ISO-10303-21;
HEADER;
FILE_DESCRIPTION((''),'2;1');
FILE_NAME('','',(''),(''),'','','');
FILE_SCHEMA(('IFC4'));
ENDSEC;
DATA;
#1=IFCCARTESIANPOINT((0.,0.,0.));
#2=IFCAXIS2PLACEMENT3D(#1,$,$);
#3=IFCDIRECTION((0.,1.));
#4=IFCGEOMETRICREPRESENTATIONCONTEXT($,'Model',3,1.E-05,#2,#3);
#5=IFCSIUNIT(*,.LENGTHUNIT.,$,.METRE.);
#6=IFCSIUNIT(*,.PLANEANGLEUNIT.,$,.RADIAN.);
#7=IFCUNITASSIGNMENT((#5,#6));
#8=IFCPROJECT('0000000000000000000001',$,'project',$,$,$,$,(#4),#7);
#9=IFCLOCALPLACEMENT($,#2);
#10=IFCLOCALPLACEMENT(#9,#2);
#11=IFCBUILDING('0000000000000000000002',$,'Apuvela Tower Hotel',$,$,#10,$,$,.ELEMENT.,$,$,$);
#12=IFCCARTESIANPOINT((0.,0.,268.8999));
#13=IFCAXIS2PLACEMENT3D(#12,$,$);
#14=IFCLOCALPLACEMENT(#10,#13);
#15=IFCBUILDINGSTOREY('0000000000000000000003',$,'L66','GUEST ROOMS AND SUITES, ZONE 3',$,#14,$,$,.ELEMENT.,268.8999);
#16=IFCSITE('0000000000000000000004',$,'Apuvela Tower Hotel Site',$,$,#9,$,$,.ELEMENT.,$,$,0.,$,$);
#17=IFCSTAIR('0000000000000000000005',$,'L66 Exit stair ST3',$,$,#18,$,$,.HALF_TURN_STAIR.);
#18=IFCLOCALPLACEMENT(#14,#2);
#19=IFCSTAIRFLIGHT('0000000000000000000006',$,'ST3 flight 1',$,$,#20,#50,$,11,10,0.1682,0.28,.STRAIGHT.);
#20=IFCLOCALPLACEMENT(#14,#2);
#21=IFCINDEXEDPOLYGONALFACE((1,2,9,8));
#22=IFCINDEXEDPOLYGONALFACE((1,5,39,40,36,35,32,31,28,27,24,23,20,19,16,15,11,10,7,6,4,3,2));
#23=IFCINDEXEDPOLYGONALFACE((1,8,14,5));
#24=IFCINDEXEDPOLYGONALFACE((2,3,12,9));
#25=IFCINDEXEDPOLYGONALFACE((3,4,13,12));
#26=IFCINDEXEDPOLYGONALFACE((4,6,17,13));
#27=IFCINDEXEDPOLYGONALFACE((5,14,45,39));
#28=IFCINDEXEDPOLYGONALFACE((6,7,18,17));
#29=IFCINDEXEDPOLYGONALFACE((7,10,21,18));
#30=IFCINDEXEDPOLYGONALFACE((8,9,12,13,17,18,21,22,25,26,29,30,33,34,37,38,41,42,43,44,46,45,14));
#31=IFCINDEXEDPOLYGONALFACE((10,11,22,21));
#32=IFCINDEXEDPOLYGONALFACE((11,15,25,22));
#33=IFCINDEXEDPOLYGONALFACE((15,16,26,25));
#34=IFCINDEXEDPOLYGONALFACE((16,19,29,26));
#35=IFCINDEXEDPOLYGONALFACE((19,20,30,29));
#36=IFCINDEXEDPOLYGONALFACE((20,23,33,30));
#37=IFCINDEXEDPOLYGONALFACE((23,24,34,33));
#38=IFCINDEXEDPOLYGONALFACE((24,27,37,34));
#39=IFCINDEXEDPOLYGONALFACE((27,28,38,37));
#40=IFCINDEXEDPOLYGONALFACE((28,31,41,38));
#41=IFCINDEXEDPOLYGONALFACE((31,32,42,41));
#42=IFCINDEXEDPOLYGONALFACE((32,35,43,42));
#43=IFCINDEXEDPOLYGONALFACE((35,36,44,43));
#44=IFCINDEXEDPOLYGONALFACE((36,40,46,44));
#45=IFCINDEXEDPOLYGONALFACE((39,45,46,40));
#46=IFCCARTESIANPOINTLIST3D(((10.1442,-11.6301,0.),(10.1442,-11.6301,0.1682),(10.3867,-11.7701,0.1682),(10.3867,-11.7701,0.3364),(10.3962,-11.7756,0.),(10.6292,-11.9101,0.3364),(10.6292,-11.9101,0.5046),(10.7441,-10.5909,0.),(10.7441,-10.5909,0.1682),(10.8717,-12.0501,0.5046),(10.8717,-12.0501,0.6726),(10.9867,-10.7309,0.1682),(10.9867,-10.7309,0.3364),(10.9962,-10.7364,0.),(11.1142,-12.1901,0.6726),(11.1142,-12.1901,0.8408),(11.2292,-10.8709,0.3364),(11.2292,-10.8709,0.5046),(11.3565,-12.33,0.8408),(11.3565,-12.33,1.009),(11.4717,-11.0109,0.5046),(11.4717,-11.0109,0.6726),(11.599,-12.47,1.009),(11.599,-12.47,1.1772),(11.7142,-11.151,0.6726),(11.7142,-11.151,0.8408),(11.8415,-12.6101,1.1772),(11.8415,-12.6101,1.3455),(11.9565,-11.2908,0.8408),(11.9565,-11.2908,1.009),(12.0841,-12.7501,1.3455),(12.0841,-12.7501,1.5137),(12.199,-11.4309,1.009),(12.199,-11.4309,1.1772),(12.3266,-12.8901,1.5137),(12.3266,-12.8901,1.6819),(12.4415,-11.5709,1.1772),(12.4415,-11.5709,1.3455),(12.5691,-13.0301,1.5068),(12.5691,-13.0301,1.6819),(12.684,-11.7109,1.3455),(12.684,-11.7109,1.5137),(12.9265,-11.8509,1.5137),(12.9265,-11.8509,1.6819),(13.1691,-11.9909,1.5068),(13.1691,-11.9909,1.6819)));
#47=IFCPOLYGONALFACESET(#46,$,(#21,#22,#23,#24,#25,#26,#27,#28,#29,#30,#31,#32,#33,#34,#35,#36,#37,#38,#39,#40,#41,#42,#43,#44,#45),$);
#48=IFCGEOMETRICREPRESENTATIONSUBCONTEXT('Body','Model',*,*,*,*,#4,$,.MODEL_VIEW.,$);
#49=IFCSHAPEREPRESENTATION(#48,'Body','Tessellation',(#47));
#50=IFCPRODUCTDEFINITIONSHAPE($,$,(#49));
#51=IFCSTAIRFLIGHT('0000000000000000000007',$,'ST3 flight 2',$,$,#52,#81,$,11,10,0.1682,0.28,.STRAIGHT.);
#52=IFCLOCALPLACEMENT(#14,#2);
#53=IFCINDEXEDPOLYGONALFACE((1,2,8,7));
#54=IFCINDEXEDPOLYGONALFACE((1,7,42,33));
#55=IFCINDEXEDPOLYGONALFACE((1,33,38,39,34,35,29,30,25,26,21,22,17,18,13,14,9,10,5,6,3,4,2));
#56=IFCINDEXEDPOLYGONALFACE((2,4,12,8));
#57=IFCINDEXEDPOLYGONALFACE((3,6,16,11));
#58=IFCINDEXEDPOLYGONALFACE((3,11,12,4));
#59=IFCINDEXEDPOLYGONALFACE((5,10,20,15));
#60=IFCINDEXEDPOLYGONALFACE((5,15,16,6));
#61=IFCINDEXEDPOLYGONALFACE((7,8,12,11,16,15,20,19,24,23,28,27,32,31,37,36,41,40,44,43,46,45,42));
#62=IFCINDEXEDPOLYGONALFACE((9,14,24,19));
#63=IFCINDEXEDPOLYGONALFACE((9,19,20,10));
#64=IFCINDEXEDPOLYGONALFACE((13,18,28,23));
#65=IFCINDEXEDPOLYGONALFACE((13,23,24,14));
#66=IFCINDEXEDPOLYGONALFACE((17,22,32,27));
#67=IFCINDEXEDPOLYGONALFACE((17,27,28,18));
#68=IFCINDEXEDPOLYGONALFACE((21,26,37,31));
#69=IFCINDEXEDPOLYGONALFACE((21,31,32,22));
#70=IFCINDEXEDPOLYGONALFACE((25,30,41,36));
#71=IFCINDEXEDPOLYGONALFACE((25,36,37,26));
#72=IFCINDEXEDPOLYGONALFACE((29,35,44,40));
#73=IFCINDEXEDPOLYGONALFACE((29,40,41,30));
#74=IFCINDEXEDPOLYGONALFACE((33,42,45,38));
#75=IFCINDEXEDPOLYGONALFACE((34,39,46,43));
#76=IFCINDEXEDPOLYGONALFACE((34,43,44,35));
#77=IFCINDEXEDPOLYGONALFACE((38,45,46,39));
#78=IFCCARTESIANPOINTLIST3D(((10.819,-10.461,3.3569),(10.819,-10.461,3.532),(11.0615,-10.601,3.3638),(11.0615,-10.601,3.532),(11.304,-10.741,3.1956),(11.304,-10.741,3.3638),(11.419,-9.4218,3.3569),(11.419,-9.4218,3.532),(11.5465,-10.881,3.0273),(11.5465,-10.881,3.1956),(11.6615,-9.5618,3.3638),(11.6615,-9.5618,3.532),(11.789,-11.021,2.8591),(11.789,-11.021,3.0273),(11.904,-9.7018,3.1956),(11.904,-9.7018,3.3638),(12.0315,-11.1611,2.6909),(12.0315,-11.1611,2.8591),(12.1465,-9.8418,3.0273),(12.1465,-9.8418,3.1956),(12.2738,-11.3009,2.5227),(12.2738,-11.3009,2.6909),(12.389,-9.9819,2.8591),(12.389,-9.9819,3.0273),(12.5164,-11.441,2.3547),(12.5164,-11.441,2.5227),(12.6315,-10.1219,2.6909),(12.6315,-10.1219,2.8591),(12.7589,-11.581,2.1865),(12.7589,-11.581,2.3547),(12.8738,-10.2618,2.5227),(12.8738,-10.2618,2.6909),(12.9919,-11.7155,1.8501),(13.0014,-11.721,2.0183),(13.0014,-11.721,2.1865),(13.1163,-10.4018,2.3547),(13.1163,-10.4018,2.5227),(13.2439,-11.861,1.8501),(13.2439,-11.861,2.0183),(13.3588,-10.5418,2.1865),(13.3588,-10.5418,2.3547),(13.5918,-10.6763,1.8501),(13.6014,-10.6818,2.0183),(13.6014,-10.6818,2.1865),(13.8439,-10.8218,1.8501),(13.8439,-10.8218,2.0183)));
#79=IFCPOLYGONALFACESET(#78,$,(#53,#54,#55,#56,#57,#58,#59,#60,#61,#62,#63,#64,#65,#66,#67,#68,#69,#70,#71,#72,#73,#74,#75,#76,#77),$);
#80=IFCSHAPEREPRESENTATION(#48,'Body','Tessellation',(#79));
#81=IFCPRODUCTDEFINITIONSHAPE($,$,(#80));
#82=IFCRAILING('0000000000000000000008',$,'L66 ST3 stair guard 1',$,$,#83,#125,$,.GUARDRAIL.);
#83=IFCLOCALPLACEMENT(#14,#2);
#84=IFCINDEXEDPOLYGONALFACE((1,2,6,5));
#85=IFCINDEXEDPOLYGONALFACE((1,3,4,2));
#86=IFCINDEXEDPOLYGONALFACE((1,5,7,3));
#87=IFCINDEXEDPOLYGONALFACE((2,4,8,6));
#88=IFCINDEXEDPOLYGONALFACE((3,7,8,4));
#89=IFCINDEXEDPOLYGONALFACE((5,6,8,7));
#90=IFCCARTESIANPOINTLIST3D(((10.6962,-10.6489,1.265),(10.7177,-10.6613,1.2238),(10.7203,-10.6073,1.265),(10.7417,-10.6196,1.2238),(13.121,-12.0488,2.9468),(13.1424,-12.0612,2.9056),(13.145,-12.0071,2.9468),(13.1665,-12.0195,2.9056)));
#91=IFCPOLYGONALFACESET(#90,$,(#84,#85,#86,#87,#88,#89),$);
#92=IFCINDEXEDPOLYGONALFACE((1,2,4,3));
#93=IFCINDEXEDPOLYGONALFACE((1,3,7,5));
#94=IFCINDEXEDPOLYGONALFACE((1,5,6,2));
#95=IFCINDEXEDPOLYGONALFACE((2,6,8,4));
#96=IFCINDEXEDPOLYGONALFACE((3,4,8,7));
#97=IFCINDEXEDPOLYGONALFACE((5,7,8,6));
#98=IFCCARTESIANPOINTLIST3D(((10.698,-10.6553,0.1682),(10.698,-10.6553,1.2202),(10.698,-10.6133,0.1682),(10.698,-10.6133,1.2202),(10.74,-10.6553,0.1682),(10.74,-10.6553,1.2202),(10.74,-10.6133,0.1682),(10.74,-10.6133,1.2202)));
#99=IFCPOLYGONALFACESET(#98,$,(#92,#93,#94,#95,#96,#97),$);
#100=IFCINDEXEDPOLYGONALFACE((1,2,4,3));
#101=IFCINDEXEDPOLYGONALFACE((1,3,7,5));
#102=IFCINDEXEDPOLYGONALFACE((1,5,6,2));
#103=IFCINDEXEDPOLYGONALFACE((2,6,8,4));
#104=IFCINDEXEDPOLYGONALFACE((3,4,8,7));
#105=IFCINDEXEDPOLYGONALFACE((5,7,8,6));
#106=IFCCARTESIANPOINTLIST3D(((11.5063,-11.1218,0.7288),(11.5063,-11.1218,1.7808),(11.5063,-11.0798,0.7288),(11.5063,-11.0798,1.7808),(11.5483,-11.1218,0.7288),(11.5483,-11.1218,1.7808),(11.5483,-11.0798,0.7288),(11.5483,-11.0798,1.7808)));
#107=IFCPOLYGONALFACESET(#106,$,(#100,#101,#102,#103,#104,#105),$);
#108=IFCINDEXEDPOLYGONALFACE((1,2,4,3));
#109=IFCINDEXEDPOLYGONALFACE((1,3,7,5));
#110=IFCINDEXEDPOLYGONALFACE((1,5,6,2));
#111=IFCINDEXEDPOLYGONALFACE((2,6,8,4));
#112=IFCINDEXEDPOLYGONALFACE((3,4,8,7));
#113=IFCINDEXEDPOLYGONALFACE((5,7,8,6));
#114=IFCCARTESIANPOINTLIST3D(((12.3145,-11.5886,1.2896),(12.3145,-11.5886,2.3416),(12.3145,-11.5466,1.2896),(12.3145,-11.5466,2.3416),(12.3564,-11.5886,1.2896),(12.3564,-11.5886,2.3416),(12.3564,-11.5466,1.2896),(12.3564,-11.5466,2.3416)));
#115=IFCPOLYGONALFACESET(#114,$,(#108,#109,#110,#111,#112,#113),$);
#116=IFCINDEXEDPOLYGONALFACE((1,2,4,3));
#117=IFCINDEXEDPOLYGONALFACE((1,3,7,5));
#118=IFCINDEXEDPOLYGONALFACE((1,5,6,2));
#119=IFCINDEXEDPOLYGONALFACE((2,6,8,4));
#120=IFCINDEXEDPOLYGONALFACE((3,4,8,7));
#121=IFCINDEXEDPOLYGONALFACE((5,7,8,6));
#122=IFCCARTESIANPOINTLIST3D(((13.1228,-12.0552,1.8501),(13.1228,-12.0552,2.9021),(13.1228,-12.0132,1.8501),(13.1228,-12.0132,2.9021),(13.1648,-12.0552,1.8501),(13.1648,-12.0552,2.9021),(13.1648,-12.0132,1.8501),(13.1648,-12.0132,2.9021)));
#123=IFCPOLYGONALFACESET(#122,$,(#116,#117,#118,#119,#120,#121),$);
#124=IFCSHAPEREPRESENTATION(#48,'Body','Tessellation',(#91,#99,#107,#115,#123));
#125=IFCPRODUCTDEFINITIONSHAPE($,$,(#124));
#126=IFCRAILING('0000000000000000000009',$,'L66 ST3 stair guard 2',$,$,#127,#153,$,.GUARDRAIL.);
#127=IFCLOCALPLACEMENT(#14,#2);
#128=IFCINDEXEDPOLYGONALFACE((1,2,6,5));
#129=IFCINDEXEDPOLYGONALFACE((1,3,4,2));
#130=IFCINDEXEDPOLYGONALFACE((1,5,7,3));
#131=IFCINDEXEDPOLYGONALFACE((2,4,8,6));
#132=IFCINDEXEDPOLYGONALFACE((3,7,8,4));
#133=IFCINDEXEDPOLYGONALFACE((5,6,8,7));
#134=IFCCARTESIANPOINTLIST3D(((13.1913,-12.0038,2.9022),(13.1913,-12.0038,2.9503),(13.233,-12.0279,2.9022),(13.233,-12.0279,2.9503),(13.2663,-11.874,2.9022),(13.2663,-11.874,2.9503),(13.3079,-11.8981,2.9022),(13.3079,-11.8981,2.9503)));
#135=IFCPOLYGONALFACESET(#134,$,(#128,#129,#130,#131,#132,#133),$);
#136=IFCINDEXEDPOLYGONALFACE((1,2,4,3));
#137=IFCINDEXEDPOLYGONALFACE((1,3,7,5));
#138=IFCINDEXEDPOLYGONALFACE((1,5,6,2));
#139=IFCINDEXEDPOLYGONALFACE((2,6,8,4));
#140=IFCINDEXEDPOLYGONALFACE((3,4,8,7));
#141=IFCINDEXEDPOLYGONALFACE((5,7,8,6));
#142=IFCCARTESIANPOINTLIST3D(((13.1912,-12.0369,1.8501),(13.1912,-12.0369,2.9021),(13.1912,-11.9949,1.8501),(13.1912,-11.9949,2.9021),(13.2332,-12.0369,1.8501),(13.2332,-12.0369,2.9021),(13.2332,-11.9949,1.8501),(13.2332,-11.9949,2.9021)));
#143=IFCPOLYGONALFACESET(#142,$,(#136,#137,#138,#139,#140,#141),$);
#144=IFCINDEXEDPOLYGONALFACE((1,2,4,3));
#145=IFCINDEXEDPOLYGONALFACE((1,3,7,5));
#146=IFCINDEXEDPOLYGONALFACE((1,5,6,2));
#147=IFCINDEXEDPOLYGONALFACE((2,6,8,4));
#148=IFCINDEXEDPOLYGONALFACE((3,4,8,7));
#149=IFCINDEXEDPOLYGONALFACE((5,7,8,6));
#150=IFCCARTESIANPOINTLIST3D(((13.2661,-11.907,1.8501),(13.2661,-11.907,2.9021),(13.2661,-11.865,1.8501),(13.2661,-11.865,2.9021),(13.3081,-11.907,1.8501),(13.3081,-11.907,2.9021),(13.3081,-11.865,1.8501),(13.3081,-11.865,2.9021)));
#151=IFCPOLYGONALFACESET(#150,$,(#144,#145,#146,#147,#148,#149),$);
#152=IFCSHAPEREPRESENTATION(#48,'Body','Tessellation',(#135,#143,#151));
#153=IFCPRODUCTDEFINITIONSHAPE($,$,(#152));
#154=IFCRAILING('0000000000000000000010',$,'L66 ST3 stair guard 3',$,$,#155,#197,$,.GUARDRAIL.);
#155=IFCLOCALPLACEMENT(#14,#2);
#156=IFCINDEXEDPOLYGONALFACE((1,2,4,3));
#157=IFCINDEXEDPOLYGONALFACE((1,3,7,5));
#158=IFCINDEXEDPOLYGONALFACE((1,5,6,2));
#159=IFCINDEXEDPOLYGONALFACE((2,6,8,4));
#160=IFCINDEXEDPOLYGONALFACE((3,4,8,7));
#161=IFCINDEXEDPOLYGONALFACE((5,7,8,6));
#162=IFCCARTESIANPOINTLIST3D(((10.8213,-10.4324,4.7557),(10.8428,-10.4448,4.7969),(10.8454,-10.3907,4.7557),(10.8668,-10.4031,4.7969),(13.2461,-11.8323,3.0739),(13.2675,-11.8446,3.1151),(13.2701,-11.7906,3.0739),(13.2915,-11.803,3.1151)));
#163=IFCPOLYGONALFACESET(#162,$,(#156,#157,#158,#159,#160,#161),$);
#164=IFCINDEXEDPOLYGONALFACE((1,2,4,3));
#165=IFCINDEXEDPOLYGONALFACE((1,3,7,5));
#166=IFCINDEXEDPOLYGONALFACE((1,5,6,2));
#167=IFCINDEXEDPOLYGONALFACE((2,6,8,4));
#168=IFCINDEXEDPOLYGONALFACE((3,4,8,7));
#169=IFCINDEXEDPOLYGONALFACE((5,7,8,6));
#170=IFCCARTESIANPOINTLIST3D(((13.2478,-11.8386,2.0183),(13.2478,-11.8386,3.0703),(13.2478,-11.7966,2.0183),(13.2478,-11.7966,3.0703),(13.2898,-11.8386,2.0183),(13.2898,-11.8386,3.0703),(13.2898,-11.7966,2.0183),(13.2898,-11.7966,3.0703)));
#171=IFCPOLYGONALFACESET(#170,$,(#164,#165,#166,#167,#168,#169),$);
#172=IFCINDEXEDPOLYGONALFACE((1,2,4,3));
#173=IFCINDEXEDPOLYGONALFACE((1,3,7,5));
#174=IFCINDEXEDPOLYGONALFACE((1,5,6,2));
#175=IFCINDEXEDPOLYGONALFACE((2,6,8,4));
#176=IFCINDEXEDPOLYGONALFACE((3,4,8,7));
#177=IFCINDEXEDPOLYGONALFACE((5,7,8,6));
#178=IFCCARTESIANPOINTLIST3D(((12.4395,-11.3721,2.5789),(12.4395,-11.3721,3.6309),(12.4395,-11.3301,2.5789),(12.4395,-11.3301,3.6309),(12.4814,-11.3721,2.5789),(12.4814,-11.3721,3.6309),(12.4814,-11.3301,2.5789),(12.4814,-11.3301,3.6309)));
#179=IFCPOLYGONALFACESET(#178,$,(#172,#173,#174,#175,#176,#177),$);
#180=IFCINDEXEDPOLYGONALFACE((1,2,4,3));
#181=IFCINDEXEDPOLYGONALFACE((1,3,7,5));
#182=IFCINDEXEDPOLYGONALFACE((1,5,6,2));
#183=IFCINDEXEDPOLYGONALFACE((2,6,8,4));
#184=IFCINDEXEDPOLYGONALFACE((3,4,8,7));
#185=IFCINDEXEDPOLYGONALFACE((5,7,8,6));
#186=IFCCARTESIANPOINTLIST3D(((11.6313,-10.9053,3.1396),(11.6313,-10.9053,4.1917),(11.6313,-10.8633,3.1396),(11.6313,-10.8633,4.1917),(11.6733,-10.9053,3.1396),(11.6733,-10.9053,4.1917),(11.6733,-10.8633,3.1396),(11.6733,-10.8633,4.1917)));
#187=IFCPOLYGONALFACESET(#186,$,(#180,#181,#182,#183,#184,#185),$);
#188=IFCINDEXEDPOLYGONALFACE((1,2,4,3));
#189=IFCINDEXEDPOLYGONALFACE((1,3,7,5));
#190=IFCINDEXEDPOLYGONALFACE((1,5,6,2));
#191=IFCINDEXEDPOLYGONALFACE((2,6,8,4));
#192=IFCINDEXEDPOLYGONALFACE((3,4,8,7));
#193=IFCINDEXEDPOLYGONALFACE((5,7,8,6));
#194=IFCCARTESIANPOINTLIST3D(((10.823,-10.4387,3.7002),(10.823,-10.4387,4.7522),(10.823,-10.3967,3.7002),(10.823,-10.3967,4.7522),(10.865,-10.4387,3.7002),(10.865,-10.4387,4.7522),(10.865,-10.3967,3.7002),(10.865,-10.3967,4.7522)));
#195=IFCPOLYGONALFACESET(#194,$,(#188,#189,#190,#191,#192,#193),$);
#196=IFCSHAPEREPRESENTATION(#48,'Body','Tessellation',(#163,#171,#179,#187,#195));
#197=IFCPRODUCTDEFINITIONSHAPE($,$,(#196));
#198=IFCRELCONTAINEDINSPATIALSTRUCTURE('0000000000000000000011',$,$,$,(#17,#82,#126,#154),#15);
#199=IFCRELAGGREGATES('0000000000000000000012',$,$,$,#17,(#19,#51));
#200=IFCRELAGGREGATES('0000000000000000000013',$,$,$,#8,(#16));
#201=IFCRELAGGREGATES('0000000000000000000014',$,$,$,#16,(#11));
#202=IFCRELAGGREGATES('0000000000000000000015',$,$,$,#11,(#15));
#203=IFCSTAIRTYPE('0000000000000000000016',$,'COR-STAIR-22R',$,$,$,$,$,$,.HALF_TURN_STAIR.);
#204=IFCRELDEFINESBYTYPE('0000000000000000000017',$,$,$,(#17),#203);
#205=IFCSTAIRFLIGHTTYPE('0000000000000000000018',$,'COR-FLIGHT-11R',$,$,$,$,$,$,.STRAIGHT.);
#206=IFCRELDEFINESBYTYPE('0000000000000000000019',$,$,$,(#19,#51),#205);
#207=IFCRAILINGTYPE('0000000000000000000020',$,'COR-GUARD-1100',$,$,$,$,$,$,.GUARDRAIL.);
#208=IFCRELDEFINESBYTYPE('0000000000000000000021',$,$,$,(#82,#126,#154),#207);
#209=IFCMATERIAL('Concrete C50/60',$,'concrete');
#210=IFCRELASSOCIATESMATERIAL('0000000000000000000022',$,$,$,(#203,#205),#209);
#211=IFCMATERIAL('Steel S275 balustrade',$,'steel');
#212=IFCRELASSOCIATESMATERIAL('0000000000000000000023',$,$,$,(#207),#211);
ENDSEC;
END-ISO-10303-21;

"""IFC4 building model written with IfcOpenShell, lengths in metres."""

from ifc_helpers import new_model, si_unit, direction, frame, origin, origin_2d, place, context, subcontext, project, spatial, polyline, rectangle, outline, extrude, material, type_object, element, aggregate, save


model = new_model("IFC4")

# Units and contexts
model_context = context("Model", 3, precision=1e-05, world=origin(), true_north=direction((0.0, 1.0)))
body_context = subcontext(model_context, "Body", "Model", "MODEL_VIEW")
ifc_project = project(units=[si_unit("LENGTHUNIT", "METRE"), si_unit("PLANEANGLEUNIT", "RADIAN")], contexts=[model_context])

# Site, building, storey
site_placement = place(None, origin())
site = spatial("IfcSite", under=ifc_project, at=site_placement, Name="Apuvela Tower Hotel Site", CompositionType="ELEMENT", RefElevation=0.0)
building_placement = place(site_placement, origin())
building = spatial("IfcBuilding", under=site, at=building_placement, Name="Apuvela Tower Hotel", CompositionType="ELEMENT")
storey_placement = place(building_placement, frame((0.0, 0.0, 268.8999)))
storey = spatial("IfcBuildingStorey", under=building, at=storey_placement, Name="L66", Description="GUEST ROOMS AND SUITES, ZONE 3", CompositionType="ELEMENT", Elevation=268.8999)

# Shared definitions
ifc_material_1 = material(Name="Concrete C50/60", Category="concrete")

# Stair, stair flights
stair_type = type_object("IfcStairType", Name="COR-STAIR-22R", PredefinedType="HALF_TURN_STAIR", material=ifc_material_1)
stair_placement = place(storey_placement, origin())
stair = element("IfcStair", 1, at=stair_placement, inside=storey, type_object=stair_type, Name="L66 Exit stair ST3", PredefinedType="HALF_TURN_STAIR")
stair_flight_type = type_object("IfcStairFlightType", Name="COR-FLIGHT-11R", PredefinedType="STRAIGHT", material=ifc_material_1)
stair_flight_1_placement = place(storey_placement, frame((10.4441, -11.1106, 0.0), z_axis=(0.0, 0.0, 1.0), x_axis=(0.866025, -0.5, 0.0)))
stair_flight_1 = element("IfcStairFlight", 2, at=stair_flight_1_placement, type_object=stair_flight_type, Name="ST3 flight 1", NumberOfRisers=11, NumberOfTreads=10, PredefinedType="STRAIGHT", RiserHeight=0.1682, TreadLength=0.28, context=body_context, shape_type="SweptSolid", body=[
    extrude(outline(polyline([(0.0, 0.0), (0.0, 0.1682), (0.28, 0.1682), (0.28, 0.3364), (0.5601, 0.3364), (0.5601, 0.5046), (0.8401, 0.5046), (0.8401, 0.6726), (1.1201, 0.6726), (1.1201, 0.8408), (1.3999, 0.8408), (1.3999, 1.009), (1.6799, 1.009), (1.6799, 1.1772), (1.96, 1.1772), (1.96, 1.3455), (2.24, 1.3455), (2.24, 1.5137), (2.52, 1.5137), (2.52, 1.6819), (2.8, 1.6819), (2.8, 1.8501), (2.8, 1.5068), (0.291, 0.0), (0.0, 0.0)])), frame((0.0, 0.6001, 0.0), z_axis=(0.0, -1.0, 0.0), x_axis=(1.0, 0.0, 0.0)), (0.0, 0.0, 1.0), 1.2),
])
stair_flight_2_placement = place(storey_placement, frame((13.5439, -11.3413, 1.8501), z_axis=(0.0, 0.0, 1.0), x_axis=(-0.866025, 0.5, 0.0)))
stair_flight_2 = element("IfcStairFlight", 3, at=stair_flight_2_placement, type_object=stair_flight_type, Name="ST3 flight 2", NumberOfRisers=11, NumberOfTreads=10, PredefinedType="STRAIGHT", RiserHeight=0.1682, TreadLength=0.28, context=body_context, shape_type="SweptSolid", body=[
    extrude(outline(polyline([(0.0, 0.0), (0.0, 0.1682), (0.28, 0.1682), (0.28, 0.3364), (0.5601, 0.3364), (0.5601, 0.5046), (0.8401, 0.5046), (0.8401, 0.6726), (1.1201, 0.6726), (1.1201, 0.8408), (1.3999, 0.8408), (1.3999, 1.009), (1.6799, 1.009), (1.6799, 1.1772), (1.96, 1.1772), (1.96, 1.3455), (2.24, 1.3455), (2.24, 1.5137), (2.52, 1.5137), (2.52, 1.6819), (2.8, 1.6819), (2.8, 1.8501), (2.8, 1.5068), (0.291, 0.0), (0.0, 0.0)])), frame((0.0, 0.6001, 0.0), z_axis=(0.0, -1.0, 0.0), x_axis=(1.0, 0.0, 0.0)), (0.0, 0.0, 1.0), 1.2),
])
aggregate(stair, [stair_flight_1, stair_flight_2])

# Railings
ifc_material_2 = material(Name="Steel S275 balustrade", Category="steel")
railing_type_1 = type_object("IfcRailingType", Name="COR-GUARD-1100", PredefinedType="GUARDRAIL", material=ifc_material_2)
railing_1_placement = place(storey_placement, frame((10.719, -10.6343, 0.1682)))
element("IfcRailing", 4, at=railing_1_placement, inside=storey, type_object=railing_type_1, Name="L66 ST3 stair guard 1", PredefinedType="GUARDRAIL", context=body_context, shape_type="SweptSolid", body=[
    extrude(rectangle(XDim=0.0481, YDim=0.0481, at=origin_2d()), frame((0.0, 0.0, 1.0762), z_axis=(0.74239, -0.428601, 0.514934), x_axis=(0.499984, 0.866035, 0.0)), (0.0, 0.0, 1.0), 3.2661),
    extrude(rectangle(XDim=0.042, YDim=0.042, at=origin_2d()), origin(), (0.0, 0.0, 1.0), 1.052),
    extrude(rectangle(XDim=0.042, YDim=0.042, at=origin_2d()), frame((0.8083, -0.4666, 0.5605)), (0.0, 0.0, 1.0), 1.052),
    extrude(rectangle(XDim=0.042, YDim=0.042, at=origin_2d()), frame((1.6165, -0.9333, 1.1213)), (0.0, 0.0, 1.0), 1.052),
    extrude(rectangle(XDim=0.042, YDim=0.042, at=origin_2d()), frame((2.4248, -1.3999, 1.6819)), (0.0, 0.0, 1.0), 1.052),
])
railing_2_placement = place(storey_placement, frame((13.2122, -12.0159, 1.8501)))
element("IfcRailing", 5, at=railing_2_placement, inside=storey, type_object=railing_type_1, Name="L66 ST3 stair guard 2", PredefinedType="GUARDRAIL", context=body_context, shape_type="SweptSolid", body=[
    extrude(rectangle(XDim=0.0481, YDim=0.0481, at=origin_2d()), frame((0.0, 0.0, 1.0762), z_axis=(0.499816, 0.866131, 0.0), x_axis=(-0.866131, 0.499816, 0.0)), (0.0, 0.0, 1.0), 0.1499),
    extrude(rectangle(XDim=0.042, YDim=0.042, at=origin_2d()), origin(), (0.0, 0.0, 1.0), 1.052),
    extrude(rectangle(XDim=0.042, YDim=0.042, at=origin_2d()), frame((0.075, 0.1299, 0.0)), (0.0, 0.0, 1.0), 1.052),
])
railing_3_placement = place(storey_placement, frame((13.2688, -11.8176, 2.0183)))
element("IfcRailing", 6, at=railing_3_placement, inside=storey, type_object=railing_type_1, Name="L66 ST3 stair guard 3", PredefinedType="GUARDRAIL", context=body_context, shape_type="SweptSolid", body=[
    extrude(rectangle(XDim=0.0481, YDim=0.0481, at=origin_2d()), frame((0.0, 0.0, 1.0762), z_axis=(-0.74239, 0.428601, 0.514934), x_axis=(-0.499984, -0.866035, 0.0)), (0.0, 0.0, 1.0), 3.2661),
    extrude(rectangle(XDim=0.042, YDim=0.042, at=origin_2d()), origin(), (0.0, 0.0, 1.0), 1.052),
    extrude(rectangle(XDim=0.042, YDim=0.042, at=origin_2d()), frame((-0.8083, 0.4666, 0.5605)), (0.0, 0.0, 1.0), 1.052),
    extrude(rectangle(XDim=0.042, YDim=0.042, at=origin_2d()), frame((-1.6165, 0.9333, 1.1213)), (0.0, 0.0, 1.0), 1.052),
    extrude(rectangle(XDim=0.042, YDim=0.042, at=origin_2d()), frame((-2.4248, 1.3999, 1.6819)), (0.0, 0.0, 1.0), 1.052),
])

save(model, "model.ifc")
